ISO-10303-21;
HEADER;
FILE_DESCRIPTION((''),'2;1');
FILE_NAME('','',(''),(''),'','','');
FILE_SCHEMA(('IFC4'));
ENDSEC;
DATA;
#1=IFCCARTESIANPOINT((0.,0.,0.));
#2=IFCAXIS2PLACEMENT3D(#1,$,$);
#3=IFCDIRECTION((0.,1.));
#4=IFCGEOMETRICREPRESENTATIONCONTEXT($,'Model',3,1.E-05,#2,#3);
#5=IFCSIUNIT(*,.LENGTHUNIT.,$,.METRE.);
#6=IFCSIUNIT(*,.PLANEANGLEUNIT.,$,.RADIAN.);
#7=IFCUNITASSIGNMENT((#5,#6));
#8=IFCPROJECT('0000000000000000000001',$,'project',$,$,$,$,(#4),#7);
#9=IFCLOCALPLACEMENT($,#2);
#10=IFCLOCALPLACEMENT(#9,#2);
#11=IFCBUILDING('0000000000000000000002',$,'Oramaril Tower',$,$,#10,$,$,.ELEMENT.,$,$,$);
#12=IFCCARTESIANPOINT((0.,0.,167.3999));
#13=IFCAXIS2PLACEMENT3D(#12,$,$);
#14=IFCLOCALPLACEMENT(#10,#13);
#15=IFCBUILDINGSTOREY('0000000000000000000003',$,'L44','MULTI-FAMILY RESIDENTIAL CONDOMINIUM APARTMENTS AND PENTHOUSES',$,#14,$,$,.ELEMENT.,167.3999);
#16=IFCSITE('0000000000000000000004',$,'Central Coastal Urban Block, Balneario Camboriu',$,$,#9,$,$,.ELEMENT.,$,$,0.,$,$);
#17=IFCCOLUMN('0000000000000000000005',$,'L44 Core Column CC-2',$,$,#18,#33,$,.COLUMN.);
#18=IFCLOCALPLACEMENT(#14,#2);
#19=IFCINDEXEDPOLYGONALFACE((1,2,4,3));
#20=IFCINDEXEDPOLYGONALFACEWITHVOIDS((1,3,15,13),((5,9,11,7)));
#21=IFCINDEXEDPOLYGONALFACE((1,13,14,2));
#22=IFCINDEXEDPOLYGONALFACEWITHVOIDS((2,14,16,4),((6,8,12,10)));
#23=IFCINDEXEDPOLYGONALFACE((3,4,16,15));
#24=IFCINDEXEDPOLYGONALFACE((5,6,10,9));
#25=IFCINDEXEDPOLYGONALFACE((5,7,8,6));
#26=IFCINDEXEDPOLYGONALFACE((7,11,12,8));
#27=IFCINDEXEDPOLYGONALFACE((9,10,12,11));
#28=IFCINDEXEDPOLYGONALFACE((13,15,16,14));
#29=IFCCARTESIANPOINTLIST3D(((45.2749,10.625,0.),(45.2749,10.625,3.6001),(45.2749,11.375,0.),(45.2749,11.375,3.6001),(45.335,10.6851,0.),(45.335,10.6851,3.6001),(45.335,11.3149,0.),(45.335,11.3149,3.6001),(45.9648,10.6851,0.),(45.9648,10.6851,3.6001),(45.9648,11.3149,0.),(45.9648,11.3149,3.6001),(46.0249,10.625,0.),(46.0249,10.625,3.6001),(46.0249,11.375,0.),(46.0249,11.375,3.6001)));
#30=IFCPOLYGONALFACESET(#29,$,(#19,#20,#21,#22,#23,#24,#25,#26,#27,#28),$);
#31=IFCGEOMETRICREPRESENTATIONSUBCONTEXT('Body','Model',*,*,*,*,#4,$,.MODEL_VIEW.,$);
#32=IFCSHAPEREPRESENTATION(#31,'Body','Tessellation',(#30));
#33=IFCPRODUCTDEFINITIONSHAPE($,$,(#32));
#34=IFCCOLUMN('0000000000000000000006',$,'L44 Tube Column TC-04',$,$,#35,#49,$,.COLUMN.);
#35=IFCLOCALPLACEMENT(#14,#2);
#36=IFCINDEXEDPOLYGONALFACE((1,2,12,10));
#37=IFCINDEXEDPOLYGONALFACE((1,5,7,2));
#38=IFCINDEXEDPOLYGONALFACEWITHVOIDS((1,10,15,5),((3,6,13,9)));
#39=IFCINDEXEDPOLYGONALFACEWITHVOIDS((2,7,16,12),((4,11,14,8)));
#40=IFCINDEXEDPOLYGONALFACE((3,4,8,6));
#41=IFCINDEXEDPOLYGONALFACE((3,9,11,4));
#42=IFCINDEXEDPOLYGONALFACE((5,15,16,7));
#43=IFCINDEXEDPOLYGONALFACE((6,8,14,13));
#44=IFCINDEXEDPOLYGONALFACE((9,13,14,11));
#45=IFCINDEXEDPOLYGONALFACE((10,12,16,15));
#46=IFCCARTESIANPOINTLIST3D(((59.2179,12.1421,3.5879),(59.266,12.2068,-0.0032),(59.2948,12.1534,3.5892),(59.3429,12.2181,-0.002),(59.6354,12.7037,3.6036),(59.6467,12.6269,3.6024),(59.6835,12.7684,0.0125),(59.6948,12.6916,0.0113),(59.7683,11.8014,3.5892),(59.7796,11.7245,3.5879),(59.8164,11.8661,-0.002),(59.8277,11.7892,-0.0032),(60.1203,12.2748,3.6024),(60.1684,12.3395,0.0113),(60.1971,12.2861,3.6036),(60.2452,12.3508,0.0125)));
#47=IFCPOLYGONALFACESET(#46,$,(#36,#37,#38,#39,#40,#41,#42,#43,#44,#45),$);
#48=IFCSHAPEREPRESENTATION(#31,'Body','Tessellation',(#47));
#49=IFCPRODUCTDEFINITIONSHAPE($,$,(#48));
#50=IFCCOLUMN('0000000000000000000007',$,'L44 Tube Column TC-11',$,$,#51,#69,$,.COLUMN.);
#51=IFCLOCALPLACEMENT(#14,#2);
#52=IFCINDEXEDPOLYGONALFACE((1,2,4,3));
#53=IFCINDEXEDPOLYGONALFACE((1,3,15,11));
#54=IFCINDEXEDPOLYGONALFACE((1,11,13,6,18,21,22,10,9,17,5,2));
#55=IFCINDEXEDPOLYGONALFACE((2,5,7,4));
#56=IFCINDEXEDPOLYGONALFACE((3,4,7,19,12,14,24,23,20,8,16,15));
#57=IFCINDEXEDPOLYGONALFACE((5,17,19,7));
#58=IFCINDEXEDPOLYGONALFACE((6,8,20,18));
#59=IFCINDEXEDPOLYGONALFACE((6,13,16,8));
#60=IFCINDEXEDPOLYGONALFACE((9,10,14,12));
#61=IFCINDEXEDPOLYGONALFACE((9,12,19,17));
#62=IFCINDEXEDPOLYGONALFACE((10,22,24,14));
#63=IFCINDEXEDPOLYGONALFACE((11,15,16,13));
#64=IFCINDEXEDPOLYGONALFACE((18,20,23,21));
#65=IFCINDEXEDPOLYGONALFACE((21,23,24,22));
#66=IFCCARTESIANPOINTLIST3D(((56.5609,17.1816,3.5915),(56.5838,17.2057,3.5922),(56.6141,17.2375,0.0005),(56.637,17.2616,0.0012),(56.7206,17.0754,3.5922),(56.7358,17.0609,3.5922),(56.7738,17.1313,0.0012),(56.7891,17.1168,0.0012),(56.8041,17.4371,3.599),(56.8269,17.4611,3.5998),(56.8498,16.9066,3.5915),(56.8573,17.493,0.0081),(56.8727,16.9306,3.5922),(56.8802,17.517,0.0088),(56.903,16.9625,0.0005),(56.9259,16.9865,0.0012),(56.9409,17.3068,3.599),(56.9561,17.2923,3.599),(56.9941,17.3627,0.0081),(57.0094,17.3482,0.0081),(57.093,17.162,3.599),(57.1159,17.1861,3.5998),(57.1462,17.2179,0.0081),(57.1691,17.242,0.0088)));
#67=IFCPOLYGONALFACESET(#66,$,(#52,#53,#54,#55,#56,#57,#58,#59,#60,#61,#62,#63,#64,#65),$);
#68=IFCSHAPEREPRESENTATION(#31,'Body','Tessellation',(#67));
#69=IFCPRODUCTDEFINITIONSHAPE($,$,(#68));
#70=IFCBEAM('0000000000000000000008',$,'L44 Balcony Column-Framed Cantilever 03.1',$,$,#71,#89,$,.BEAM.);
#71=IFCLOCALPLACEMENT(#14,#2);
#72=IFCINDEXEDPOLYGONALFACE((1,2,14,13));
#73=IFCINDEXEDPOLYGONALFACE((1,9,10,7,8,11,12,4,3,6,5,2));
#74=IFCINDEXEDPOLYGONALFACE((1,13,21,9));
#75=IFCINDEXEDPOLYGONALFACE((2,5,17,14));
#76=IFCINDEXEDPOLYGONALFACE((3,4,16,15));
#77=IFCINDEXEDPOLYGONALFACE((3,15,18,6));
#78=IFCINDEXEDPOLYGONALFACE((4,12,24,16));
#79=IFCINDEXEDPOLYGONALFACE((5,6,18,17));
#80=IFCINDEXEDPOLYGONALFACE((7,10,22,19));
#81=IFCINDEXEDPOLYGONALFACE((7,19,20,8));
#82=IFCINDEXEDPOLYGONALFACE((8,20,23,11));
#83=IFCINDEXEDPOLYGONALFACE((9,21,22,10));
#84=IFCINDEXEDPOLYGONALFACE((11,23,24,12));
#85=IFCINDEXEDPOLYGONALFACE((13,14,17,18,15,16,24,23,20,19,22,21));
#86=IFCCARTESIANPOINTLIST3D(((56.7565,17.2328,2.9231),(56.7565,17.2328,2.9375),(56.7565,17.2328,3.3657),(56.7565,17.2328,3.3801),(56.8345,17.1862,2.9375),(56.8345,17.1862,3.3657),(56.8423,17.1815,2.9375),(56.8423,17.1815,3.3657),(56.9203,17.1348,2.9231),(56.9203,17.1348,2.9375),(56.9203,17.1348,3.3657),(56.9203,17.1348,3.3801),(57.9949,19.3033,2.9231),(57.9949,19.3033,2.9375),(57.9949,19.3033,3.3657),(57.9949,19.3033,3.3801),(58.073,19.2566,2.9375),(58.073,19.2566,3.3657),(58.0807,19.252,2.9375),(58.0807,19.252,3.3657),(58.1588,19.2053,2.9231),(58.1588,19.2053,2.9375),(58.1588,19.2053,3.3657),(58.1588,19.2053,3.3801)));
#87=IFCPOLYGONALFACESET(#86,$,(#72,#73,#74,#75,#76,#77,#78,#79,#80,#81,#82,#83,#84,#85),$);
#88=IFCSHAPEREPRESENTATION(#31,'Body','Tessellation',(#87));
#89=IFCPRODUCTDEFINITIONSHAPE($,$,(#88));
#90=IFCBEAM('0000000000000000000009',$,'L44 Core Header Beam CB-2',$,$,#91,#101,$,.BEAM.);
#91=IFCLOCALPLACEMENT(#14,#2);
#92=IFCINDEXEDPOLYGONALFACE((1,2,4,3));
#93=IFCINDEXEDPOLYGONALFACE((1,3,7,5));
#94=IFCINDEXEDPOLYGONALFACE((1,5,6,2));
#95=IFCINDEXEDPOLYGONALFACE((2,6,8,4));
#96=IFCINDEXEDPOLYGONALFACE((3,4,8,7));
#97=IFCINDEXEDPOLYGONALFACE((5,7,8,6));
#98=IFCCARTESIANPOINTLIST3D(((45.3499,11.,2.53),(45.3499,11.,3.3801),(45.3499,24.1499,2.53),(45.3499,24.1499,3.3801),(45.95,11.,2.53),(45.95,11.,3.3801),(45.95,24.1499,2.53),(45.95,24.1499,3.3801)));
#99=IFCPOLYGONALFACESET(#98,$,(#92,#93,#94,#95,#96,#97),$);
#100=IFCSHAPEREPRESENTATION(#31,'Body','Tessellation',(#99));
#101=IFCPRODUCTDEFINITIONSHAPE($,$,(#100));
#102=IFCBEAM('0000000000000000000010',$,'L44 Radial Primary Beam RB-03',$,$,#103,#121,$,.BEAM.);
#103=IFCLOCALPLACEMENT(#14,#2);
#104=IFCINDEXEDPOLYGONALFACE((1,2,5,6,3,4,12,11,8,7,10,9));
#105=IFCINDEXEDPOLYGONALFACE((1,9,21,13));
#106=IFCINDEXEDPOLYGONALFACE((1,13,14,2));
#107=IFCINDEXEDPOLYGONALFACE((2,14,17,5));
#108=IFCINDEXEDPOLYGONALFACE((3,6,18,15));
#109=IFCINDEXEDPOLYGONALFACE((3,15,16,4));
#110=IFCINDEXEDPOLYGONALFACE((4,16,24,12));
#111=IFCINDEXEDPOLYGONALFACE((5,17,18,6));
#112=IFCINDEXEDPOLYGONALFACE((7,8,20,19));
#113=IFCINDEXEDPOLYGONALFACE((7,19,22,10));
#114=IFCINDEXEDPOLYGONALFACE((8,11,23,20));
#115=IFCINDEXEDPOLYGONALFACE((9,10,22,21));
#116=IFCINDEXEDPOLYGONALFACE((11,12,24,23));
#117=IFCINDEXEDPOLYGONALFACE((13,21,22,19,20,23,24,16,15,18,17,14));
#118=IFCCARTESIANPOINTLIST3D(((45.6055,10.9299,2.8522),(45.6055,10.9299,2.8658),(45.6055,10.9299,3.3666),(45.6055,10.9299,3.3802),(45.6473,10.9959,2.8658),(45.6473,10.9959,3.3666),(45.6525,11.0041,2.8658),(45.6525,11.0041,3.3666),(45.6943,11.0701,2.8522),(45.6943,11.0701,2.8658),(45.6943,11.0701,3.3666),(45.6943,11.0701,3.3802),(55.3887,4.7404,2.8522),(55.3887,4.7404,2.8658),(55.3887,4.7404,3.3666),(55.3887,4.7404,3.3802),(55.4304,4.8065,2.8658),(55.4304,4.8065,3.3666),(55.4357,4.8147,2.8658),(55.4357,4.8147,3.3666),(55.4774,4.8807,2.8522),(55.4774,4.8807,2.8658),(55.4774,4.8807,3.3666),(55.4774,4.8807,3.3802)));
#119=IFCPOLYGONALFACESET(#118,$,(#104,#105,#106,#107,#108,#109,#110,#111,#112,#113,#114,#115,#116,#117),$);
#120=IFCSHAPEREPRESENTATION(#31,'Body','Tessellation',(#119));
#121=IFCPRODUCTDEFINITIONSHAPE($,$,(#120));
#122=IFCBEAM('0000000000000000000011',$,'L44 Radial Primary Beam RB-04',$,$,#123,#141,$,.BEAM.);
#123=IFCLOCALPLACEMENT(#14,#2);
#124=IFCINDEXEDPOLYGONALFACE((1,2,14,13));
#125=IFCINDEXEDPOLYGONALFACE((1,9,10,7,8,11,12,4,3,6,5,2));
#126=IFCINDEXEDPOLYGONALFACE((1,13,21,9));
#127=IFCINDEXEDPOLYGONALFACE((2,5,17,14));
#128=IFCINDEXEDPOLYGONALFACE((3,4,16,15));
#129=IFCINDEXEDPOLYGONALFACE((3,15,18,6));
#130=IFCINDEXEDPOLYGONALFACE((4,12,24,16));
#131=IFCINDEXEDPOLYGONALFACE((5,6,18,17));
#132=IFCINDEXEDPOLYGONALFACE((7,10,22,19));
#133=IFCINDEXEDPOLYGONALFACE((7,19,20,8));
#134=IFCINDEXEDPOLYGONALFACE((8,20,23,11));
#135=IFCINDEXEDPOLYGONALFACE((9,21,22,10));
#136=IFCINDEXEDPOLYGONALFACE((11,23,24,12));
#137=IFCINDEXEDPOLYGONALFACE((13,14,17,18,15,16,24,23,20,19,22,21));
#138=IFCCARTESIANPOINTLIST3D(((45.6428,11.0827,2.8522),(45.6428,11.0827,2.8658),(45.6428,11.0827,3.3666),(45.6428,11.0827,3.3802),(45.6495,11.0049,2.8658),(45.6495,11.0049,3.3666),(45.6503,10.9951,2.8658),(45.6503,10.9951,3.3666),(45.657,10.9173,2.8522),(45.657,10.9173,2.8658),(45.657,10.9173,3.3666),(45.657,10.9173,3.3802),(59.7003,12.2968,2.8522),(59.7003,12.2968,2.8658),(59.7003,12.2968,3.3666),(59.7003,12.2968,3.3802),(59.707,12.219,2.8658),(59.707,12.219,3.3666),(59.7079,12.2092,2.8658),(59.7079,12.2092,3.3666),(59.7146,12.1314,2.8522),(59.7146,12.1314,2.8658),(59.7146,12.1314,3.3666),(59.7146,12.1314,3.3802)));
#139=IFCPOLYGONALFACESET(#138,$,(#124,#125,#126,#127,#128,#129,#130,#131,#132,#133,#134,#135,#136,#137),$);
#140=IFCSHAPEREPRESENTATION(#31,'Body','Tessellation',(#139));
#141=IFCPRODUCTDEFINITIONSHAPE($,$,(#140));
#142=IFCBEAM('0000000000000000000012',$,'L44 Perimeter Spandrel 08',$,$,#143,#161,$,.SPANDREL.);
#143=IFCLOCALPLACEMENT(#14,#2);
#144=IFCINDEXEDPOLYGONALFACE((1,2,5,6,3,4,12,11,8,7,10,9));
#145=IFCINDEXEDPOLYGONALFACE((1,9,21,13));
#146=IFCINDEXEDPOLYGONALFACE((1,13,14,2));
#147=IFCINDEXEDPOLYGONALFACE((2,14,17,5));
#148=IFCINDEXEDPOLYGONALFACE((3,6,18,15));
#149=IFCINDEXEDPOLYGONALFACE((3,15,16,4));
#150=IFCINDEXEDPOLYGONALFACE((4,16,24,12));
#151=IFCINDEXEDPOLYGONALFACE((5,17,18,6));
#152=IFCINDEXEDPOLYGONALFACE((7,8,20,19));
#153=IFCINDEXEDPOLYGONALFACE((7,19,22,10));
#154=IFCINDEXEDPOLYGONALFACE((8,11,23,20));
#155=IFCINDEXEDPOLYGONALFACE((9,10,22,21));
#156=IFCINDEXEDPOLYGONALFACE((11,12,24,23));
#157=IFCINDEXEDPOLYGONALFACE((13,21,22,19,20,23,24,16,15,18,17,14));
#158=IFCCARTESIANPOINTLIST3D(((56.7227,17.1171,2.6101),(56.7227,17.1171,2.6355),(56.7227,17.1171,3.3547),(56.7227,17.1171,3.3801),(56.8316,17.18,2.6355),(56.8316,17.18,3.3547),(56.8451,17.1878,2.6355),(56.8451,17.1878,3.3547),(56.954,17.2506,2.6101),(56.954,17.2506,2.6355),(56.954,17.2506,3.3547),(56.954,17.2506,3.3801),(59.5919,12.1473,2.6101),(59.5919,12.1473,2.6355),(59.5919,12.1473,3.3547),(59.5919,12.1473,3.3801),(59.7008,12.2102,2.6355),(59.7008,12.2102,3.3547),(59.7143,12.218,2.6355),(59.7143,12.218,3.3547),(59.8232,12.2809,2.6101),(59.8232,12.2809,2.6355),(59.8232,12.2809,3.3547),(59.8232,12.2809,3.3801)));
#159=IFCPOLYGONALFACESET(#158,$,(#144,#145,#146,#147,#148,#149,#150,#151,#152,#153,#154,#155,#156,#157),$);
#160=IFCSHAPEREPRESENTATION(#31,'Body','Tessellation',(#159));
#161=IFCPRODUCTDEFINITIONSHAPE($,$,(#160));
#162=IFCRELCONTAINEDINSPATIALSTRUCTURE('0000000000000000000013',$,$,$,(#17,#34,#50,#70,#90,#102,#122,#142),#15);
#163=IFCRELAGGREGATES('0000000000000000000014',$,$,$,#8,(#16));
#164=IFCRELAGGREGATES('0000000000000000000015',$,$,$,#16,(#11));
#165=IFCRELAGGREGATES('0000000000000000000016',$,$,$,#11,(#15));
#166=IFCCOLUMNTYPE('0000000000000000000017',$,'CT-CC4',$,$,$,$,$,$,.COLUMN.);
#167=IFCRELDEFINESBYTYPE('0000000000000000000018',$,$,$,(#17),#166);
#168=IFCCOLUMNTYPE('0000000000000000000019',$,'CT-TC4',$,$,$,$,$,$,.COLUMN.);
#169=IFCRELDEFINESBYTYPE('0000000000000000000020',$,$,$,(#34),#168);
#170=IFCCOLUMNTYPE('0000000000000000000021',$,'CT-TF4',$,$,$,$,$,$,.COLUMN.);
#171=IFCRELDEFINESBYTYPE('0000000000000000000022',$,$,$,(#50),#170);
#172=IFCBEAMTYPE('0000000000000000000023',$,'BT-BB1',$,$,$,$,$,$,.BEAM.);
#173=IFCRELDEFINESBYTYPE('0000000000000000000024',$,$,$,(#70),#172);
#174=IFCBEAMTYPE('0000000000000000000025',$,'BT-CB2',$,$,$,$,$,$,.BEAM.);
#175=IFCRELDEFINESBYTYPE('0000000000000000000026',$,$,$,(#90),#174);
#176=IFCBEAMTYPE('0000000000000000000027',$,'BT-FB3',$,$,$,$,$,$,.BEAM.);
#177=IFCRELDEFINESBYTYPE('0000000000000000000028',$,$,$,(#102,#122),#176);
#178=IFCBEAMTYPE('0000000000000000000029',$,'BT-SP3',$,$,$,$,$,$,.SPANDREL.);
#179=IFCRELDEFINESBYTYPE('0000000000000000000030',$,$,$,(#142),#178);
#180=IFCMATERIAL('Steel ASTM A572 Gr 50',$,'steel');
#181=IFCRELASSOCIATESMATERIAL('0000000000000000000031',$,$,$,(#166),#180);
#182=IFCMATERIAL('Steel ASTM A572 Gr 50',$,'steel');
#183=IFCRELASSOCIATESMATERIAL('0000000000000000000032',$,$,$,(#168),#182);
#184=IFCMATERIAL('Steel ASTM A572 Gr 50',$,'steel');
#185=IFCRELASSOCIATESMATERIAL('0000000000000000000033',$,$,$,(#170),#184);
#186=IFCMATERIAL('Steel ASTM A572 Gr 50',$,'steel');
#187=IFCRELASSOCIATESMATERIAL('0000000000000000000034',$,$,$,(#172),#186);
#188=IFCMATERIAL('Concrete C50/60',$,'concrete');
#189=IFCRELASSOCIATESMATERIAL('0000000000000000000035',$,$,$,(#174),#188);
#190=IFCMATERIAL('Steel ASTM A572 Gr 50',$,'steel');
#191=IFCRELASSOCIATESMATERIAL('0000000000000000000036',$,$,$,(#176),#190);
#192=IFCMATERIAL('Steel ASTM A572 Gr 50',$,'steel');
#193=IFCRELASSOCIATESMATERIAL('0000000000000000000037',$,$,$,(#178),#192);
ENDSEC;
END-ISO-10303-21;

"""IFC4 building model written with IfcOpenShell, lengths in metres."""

from ifc_helpers import new_model, si_unit, direction, frame, origin, origin_2d, place, context, subcontext, project, spatial, rectangle, hollow_rectangle, i_section, extrude, material, material_profile, profile_set, type_object, element, save


model = new_model("IFC4")

# Units and contexts
model_context = context("Model", 3, precision=1e-05, world=origin(), true_north=direction((0.0, 1.0)))
body_context = subcontext(model_context, "Body", "Model", "MODEL_VIEW")
ifc_project = project(units=[si_unit("LENGTHUNIT", "METRE"), si_unit("PLANEANGLEUNIT", "RADIAN")], contexts=[model_context])

# Site, building, storey
site_placement = place(None, origin())
site = spatial("IfcSite", under=ifc_project, at=site_placement, Name="Central Coastal Urban Block, Balneario Camboriu", CompositionType="ELEMENT", RefElevation=0.0)
building_placement = place(site_placement, origin())
building = spatial("IfcBuilding", under=site, at=building_placement, Name="Oramaril Tower", CompositionType="ELEMENT")
storey_placement = place(building_placement, frame((0.0, 0.0, 167.3999)))
storey = spatial("IfcBuildingStorey", under=building, at=storey_placement, Name="L44", Description="MULTI-FAMILY RESIDENTIAL CONDOMINIUM APARTMENTS AND PENTHOUSES", CompositionType="ELEMENT", Elevation=167.3999)

# Columns
ifc_material_1 = material(Name="Steel ASTM A572 Gr 50", Category="steel")
ifc_material_profile_1 = material_profile(ifc_material_1, hollow_rectangle(XDim=0.75, YDim=0.75, WallThickness=0.0601, at=origin_2d()), Name="BOX750X750X60")
ifc_profile_set_1 = profile_set([ifc_material_profile_1], Name="Steel ASTM A572 Gr 50")
column_type_1 = type_object("IfcColumnType", Name="CT-CC4", PredefinedType="COLUMN", material=ifc_profile_set_1)
column_1_placement = place(storey_placement, frame((45.6499, 11.0, 0.0), z_axis=(0.0, 0.0, 1.0), x_axis=(1.0, 0.0, 0.0)))
element("IfcColumn", 1, at=column_1_placement, inside=storey, type_object=column_type_1, Name="L44 Core Column CC-2", PredefinedType="COLUMN", context=body_context, shape_type="SweptSolid", body=[
    extrude(hollow_rectangle(XDim=0.75, YDim=0.75, WallThickness=0.0601, at=origin_2d()), origin(), (0.0, 0.0, 1.0), 3.6001),
])
ifc_material_2 = material(Name="Steel ASTM A572 Gr 50", Category="steel")
ifc_material_profile_2 = material_profile(ifc_material_2, hollow_rectangle(XDim=0.7, YDim=0.7, WallThickness=0.0549, at=origin_2d()), Name="BOX700X700X55")
ifc_profile_set_2 = profile_set([ifc_material_profile_2], Name="Steel ASTM A572 Gr 50")
column_type_2 = type_object("IfcColumnType", Name="CT-TC4", PredefinedType="COLUMN", material=ifc_profile_set_2)
column_2_placement = place(storey_placement, frame((59.7556, 12.2788, 0.0046), z_axis=(-0.01339, -0.018012, 0.999748), x_axis=(0.802537, -0.596603, 0.0)))
element("IfcColumn", 2, at=column_2_placement, inside=storey, type_object=column_type_2, Name="L44 Tube Column TC-04", PredefinedType="COLUMN", context=body_context, shape_type="SweptSolid", body=[
    extrude(hollow_rectangle(XDim=0.7, YDim=0.7, WallThickness=0.0549, at=origin_2d()), origin(), (0.0, 0.0, 1.0), 3.592),
])
ifc_material_3 = material(Name="Steel ASTM A572 Gr 50", Category="steel")
ifc_material_profile_3 = material_profile(ifc_material_3, i_section(OverallWidth=0.3989, OverallDepth=0.386, WebThickness=0.021, FlangeThickness=0.0332, at=origin_2d()), Name="W14X176")
ifc_profile_set_3 = profile_set([ifc_material_profile_3], Name="Steel ASTM A572 Gr 50")
column_type_3 = type_object("IfcColumnType", Name="CT-TF4", PredefinedType="COLUMN", material=ifc_profile_set_3)
column_3_placement = place(storey_placement, frame((56.8916, 17.2397, 0.0046), z_axis=(-0.014817, -0.015565, 0.999769), x_axis=(0.724288, -0.689497, 0.0)))
element("IfcColumn", 3, at=column_3_placement, inside=storey, type_object=column_type_3, Name="L44 Tube Column TC-11", PredefinedType="COLUMN", context=body_context, shape_type="SweptSolid", body=[
    extrude(i_section(OverallWidth=0.3989, OverallDepth=0.386, WebThickness=0.021, FlangeThickness=0.0332, at=origin_2d()), origin(), (0.0, 0.0, 1.0), 3.5918),
])

# Beams
ifc_material_4 = material(Name="Steel ASTM A572 Gr 50", Category="steel")
ifc_material_profile_4 = material_profile(ifc_material_4, i_section(OverallWidth=0.1909, OverallDepth=0.457, WebThickness=0.009, FlangeThickness=0.0144, at=origin_2d()), Name="W18X50")
ifc_profile_set_4 = profile_set([ifc_material_profile_4], Name="Steel ASTM A572 Gr 50")
beam_type_1 = type_object("IfcBeamType", Name="BT-BB1", PredefinedType="BEAM", material=ifc_profile_set_4)
beam_1_placement = place(storey_placement, frame((56.8384, 17.1838, 3.1516), z_axis=(0.513335, 0.858189, 0.0), x_axis=(-0.858189, 0.513335, 0.0)))
element("IfcBeam", 4, at=beam_1_placement, inside=storey, type_object=beam_type_1, Name="L44 Balcony Column-Framed Cantilever 03.1", PredefinedType="BEAM", context=body_context, shape_type="SweptSolid", body=[
    extrude(i_section(OverallWidth=0.1909, OverallDepth=0.457, WebThickness=0.009, FlangeThickness=0.0144, at=origin_2d()), origin(), (0.0, 0.0, 1.0), 2.4126),
])
ifc_material_5 = material(Name="Concrete C50/60", Category="concrete")
ifc_material_profile_5 = material_profile(ifc_material_5, rectangle(XDim=0.6001, YDim=0.8501, at=origin_2d()), Name="CB600X850")
ifc_profile_set_5 = profile_set([ifc_material_profile_5], Name="Concrete C50/60")
beam_type_2 = type_object("IfcBeamType", Name="BT-CB2", PredefinedType="BEAM", material=ifc_profile_set_5)
beam_2_placement = place(storey_placement, frame((45.6499, 11.0, 2.9551), z_axis=(0.0, 1.0, 0.0), x_axis=(-1.0, 0.0, 0.0)))
element("IfcBeam", 5, at=beam_2_placement, inside=storey, type_object=beam_type_2, Name="L44 Core Header Beam CB-2", PredefinedType="BEAM", context=body_context, shape_type="SweptSolid", body=[
    extrude(rectangle(XDim=0.6001, YDim=0.8501, at=origin_2d()), origin(), (0.0, 0.0, 1.0), 13.1499),
])
ifc_material_6 = material(Name="Steel ASTM A572 Gr 50", Category="steel")
ifc_material_profile_6 = material_profile(ifc_material_6, i_section(OverallWidth=0.166, OverallDepth=0.5281, WebThickness=0.0098, FlangeThickness=0.0137, at=origin_2d()), Name="W21X50")
ifc_profile_set_6 = profile_set([ifc_material_profile_6], Name="Steel ASTM A572 Gr 50")
beam_type_3 = type_object("IfcBeamType", Name="BT-FB3", PredefinedType="BEAM", material=ifc_profile_set_6)
beam_3_placement = place(storey_placement, frame((45.6499, 11.0, 3.1162), z_axis=(0.845076, -0.534647, 0.0), x_axis=(0.534647, 0.845076, 0.0)))
element("IfcBeam", 6, at=beam_3_placement, inside=storey, type_object=beam_type_3, Name="L44 Radial Primary Beam RB-03", PredefinedType="BEAM", context=body_context, shape_type="SweptSolid", body=[
    extrude(i_section(OverallWidth=0.166, OverallDepth=0.5281, WebThickness=0.0098, FlangeThickness=0.0137, at=origin_2d()), origin(), (0.0, 0.0, 1.0), 11.5767),
])
beam_4_placement = place(storey_placement, frame((45.6499, 11.0, 3.1162), z_axis=(0.996291, 0.086046, 0.0), x_axis=(-0.086046, 0.996291, 0.0)))
element("IfcBeam", 7, at=beam_4_placement, inside=storey, type_object=beam_type_3, Name="L44 Radial Primary Beam RB-04", PredefinedType="BEAM", context=body_context, shape_type="SweptSolid", body=[
    extrude(i_section(OverallWidth=0.166, OverallDepth=0.5281, WebThickness=0.0098, FlangeThickness=0.0137, at=origin_2d()), origin(), (0.0, 0.0, 1.0), 14.1099),
])
ifc_material_7 = material(Name="Steel ASTM A572 Gr 50", Category="steel")
ifc_material_profile_7 = material_profile(ifc_material_7, i_section(OverallWidth=0.2671, OverallDepth=0.77, WebThickness=0.0156, FlangeThickness=0.0254, at=origin_2d()), Name="W30X132")
ifc_profile_set_7 = profile_set([ifc_material_profile_7], Name="Steel ASTM A572 Gr 50")
beam_type_4 = type_object("IfcBeamType", Name="BT-SP3", PredefinedType="SPANDREL", material=ifc_profile_set_7)
beam_5_placement = place(storey_placement, frame((59.7075, 12.2141, 2.9951), z_axis=(-0.499983, 0.866035, 0.0), x_axis=(-0.866035, -0.499983, 0.0)))
element("IfcBeam", 8, at=beam_5_placement, inside=storey, type_object=beam_type_4, Name="L44 Perimeter Spandrel 08", PredefinedType="SPANDREL", context=body_context, shape_type="SweptSolid", body=[
    extrude(i_section(OverallWidth=0.2671, OverallDepth=0.77, WebThickness=0.0156, FlangeThickness=0.0254, at=origin_2d()), origin(), (0.0, 0.0, 1.0), 5.7385),
])

save(model, "model.ifc")
